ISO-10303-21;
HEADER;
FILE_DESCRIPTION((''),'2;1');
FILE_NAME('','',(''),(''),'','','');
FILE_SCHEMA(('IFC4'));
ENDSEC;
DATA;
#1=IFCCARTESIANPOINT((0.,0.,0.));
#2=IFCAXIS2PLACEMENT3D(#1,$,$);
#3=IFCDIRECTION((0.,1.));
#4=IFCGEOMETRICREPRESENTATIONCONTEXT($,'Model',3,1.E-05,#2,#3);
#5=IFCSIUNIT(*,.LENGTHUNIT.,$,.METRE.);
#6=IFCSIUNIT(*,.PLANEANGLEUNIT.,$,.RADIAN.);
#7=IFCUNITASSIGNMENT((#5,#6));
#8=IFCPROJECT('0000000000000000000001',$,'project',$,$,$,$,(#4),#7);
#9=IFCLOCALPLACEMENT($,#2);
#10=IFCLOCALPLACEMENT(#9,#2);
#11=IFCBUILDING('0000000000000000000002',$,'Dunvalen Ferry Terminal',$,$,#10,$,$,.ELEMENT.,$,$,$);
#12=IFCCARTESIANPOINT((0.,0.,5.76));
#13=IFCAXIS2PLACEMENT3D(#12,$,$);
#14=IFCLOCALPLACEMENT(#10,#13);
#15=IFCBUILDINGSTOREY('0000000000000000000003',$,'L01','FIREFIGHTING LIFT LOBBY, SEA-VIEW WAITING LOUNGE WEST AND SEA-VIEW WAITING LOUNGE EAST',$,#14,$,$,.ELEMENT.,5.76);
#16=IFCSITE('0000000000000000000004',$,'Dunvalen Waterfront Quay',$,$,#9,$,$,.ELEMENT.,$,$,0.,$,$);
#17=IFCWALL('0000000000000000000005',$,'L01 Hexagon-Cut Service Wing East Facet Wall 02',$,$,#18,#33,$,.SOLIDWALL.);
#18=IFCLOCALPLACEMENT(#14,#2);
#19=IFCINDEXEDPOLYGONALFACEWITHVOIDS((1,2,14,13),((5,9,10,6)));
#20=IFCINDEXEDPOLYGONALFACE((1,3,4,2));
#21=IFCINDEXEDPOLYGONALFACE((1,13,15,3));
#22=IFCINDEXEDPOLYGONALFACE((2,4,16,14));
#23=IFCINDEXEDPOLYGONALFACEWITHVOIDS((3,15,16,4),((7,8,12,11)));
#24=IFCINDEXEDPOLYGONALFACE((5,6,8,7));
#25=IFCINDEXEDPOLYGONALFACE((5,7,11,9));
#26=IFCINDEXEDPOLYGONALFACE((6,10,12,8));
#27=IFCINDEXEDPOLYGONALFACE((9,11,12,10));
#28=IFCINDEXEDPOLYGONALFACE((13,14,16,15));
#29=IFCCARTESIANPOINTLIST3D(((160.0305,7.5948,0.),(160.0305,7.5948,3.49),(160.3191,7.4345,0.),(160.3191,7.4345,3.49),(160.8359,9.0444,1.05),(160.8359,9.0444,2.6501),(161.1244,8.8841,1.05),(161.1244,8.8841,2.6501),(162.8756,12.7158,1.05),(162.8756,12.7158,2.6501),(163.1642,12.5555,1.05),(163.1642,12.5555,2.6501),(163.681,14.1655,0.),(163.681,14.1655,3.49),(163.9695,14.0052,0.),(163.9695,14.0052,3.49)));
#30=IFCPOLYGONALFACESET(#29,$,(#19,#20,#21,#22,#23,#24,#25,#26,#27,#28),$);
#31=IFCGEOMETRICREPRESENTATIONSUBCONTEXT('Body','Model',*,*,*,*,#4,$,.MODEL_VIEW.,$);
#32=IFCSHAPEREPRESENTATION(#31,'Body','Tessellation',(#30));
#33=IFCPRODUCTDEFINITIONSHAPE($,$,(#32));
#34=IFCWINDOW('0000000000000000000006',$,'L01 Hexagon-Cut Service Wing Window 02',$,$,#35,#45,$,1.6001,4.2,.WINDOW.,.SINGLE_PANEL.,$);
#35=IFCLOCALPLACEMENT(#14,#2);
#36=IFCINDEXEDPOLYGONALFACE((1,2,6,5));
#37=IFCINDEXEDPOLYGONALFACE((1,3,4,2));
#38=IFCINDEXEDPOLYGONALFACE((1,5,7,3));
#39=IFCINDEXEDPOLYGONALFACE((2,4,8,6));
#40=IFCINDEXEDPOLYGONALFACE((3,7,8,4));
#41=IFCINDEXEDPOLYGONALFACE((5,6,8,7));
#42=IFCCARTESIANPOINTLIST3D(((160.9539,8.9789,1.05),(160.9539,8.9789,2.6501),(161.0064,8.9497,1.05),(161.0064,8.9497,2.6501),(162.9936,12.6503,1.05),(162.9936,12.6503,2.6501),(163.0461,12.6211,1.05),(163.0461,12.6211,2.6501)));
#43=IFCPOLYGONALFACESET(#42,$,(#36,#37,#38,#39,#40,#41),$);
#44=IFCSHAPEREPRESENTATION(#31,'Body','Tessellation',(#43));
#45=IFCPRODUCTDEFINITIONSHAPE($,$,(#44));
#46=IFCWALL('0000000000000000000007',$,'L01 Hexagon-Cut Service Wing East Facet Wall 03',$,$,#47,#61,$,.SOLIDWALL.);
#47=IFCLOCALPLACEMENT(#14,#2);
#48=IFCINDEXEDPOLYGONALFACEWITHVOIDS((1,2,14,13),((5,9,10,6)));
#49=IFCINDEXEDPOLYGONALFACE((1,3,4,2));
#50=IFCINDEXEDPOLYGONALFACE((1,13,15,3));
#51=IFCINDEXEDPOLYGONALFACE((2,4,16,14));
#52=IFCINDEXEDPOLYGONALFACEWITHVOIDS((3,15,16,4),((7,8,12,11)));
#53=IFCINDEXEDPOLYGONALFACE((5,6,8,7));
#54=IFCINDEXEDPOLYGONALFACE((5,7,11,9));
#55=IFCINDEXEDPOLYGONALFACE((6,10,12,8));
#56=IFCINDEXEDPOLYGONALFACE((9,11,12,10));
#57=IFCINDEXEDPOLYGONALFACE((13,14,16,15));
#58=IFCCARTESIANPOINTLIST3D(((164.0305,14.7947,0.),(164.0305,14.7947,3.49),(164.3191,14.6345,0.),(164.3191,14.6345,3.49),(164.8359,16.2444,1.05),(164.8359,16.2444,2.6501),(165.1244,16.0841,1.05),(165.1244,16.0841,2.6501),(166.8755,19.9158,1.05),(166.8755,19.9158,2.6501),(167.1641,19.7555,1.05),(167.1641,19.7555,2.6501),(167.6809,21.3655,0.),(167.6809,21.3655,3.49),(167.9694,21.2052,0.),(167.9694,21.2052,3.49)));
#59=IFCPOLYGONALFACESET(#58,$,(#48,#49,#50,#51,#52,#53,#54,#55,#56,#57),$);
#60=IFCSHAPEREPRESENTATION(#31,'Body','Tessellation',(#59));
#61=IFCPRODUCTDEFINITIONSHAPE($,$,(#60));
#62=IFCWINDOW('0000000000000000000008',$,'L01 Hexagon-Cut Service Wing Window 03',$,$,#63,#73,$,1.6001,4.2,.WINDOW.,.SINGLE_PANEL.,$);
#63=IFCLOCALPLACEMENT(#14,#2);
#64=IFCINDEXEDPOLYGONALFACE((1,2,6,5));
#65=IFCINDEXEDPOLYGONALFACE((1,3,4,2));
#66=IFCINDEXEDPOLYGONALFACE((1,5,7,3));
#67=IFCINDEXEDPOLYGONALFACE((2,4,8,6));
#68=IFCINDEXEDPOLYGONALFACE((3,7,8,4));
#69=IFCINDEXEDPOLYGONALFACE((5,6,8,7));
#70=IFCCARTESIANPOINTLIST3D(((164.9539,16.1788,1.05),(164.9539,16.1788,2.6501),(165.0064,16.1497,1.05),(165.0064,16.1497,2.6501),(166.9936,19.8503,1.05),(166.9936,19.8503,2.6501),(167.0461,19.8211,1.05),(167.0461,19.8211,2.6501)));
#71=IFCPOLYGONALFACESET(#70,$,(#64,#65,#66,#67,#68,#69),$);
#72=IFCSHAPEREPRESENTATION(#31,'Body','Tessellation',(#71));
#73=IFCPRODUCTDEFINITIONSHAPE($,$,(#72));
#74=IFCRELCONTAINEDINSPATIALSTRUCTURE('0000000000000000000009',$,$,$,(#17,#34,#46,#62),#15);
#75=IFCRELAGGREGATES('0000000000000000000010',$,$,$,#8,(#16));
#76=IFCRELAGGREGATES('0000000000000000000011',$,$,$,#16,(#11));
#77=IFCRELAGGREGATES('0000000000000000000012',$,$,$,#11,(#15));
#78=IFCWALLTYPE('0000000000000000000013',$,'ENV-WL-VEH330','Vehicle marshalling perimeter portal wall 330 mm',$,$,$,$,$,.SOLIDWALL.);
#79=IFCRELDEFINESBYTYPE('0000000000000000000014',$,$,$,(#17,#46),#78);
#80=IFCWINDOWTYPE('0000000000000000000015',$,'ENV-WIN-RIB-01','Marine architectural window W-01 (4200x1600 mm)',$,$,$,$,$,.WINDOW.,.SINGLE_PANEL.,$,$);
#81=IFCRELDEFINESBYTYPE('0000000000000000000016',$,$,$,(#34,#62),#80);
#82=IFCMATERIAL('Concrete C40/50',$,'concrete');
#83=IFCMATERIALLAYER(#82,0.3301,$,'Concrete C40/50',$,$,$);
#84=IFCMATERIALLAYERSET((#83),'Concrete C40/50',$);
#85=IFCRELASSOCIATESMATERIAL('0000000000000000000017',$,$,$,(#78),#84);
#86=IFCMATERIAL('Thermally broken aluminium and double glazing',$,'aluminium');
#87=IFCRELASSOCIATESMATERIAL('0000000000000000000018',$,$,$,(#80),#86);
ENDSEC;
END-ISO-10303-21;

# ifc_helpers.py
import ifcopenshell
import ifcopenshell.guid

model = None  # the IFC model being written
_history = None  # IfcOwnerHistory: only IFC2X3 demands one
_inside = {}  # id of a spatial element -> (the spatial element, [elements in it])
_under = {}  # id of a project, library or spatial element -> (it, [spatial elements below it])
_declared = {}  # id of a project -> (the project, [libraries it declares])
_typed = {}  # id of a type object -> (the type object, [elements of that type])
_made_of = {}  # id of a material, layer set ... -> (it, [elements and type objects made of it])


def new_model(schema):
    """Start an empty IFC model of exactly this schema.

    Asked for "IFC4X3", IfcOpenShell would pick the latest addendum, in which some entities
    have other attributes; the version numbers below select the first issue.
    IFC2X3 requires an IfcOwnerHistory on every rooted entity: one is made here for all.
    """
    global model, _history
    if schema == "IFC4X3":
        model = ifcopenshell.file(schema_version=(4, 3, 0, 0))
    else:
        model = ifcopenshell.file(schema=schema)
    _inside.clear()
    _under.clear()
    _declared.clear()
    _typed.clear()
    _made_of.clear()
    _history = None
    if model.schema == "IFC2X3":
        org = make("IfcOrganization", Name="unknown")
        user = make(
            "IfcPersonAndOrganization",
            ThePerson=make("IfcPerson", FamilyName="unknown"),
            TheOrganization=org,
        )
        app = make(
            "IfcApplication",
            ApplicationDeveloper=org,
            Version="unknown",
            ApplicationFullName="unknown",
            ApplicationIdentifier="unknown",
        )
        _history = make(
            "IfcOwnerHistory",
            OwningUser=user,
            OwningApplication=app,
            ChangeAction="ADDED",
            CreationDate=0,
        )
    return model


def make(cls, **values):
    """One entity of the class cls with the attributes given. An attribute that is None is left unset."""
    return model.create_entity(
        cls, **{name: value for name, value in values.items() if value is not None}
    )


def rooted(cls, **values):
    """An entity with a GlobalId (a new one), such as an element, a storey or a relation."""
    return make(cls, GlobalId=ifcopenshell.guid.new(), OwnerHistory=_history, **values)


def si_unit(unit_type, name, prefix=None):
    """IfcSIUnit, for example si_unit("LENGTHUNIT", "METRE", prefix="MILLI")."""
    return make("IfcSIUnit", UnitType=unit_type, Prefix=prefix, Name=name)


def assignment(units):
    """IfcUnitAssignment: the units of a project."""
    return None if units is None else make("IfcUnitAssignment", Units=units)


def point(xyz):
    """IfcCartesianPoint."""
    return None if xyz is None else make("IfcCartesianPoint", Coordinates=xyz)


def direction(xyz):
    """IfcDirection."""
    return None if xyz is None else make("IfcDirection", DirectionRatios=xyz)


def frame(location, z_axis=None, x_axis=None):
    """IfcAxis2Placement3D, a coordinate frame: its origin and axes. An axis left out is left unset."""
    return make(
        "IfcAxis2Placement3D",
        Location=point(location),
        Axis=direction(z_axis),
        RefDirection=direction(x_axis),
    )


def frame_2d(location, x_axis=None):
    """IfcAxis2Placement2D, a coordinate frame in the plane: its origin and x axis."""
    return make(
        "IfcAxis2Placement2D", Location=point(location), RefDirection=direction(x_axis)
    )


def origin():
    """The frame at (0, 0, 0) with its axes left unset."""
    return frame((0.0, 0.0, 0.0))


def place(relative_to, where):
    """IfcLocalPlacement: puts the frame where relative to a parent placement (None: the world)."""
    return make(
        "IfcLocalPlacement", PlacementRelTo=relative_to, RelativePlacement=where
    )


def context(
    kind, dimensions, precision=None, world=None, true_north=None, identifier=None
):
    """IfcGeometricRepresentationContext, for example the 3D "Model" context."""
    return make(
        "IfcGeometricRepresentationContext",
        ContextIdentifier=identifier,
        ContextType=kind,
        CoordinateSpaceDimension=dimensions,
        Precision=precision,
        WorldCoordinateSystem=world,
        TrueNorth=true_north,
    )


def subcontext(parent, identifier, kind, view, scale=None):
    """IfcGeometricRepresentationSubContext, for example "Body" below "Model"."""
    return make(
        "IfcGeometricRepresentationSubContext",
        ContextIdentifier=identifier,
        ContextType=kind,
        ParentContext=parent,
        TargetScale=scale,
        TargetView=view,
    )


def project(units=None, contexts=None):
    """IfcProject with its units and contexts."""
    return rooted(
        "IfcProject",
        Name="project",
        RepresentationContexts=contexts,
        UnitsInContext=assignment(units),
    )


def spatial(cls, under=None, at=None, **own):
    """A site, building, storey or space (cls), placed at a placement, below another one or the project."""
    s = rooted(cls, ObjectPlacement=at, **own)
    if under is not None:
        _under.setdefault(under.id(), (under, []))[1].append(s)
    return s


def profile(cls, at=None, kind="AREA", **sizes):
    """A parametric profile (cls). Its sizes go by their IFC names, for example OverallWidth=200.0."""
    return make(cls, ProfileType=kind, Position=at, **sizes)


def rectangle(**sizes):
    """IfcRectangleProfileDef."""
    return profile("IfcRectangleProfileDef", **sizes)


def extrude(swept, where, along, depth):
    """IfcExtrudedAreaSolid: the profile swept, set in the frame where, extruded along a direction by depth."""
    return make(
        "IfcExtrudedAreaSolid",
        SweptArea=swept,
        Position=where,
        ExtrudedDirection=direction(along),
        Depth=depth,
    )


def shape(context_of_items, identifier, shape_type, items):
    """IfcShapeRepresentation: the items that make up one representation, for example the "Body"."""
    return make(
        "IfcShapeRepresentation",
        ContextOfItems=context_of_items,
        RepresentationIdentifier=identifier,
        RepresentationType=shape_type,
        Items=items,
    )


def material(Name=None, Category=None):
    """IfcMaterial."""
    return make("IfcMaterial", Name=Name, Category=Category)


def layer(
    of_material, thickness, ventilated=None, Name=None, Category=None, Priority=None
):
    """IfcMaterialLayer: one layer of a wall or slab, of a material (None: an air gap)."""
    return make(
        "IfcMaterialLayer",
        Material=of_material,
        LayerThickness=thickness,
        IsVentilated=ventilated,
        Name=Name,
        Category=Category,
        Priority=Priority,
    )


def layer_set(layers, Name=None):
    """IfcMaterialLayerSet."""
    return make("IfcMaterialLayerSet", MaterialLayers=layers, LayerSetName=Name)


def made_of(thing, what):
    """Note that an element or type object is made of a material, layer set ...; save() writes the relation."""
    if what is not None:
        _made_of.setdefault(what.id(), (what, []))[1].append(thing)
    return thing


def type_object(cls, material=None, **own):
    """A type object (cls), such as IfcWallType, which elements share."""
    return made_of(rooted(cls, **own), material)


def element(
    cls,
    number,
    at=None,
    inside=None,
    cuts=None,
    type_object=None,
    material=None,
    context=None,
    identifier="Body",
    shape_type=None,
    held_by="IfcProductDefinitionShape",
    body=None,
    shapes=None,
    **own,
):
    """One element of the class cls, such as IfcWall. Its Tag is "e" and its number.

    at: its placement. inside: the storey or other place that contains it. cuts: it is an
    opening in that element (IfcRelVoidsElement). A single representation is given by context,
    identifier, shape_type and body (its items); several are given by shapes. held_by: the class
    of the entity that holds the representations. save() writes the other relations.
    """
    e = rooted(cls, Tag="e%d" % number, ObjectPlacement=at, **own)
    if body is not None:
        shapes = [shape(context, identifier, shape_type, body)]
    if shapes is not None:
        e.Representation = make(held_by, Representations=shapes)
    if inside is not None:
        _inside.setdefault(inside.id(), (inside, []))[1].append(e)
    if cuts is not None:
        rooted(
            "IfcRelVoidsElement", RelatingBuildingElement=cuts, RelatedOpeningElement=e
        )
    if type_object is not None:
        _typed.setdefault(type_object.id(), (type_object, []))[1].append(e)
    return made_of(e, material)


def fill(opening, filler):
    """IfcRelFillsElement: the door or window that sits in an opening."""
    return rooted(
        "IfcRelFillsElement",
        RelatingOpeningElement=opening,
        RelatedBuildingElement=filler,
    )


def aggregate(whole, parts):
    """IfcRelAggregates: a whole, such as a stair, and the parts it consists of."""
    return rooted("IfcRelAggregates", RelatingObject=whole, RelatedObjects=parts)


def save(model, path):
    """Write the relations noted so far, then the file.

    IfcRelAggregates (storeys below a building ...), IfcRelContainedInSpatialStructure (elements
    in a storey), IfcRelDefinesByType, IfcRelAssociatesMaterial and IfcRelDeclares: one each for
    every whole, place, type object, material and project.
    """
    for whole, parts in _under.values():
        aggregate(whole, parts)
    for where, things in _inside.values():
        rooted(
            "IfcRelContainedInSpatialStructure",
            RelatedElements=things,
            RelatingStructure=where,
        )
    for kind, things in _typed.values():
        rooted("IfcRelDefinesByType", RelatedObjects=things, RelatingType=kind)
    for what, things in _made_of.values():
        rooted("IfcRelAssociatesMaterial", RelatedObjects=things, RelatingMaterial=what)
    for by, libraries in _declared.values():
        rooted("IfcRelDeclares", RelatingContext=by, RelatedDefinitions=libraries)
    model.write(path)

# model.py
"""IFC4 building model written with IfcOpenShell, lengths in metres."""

from ifc_helpers import new_model, si_unit, direction, frame, frame_2d, origin, place, context, subcontext, project, spatial, rectangle, extrude, material, layer, layer_set, type_object, element, fill, save


model = new_model("IFC4")

# Units and contexts
model_context = context("Model", 3, precision=1e-05, world=origin(), true_north=direction((0.0, 1.0)))
body_context = subcontext(model_context, "Body", "Model", "MODEL_VIEW")
ifc_project = project(units=[si_unit("LENGTHUNIT", "METRE"), si_unit("PLANEANGLEUNIT", "RADIAN")], contexts=[model_context])

# Site, building, storey
site_placement = place(None, origin())
site = spatial("IfcSite", under=ifc_project, at=site_placement, Name="Dunvalen Waterfront Quay", CompositionType="ELEMENT", RefElevation=0.0)
building_placement = place(site_placement, origin())
building = spatial("IfcBuilding", under=site, at=building_placement, Name="Dunvalen Ferry Terminal", CompositionType="ELEMENT")
storey_placement = place(building_placement, frame((0.0, 0.0, 5.76)))
storey = spatial("IfcBuildingStorey", under=building, at=storey_placement, Name="L01", Description="FIREFIGHTING LIFT LOBBY, SEA-VIEW WAITING LOUNGE WEST AND SEA-VIEW WAITING LOUNGE EAST", CompositionType="ELEMENT", Elevation=5.76)

# Shared definitions
ifc_material_1 = material(Name="Concrete C40/50", Category="concrete")

# Walls, openings, windows
ifc_layer = layer(ifc_material_1, 0.3301, Name="Concrete C40/50")
ifc_layer_set = layer_set([ifc_layer], Name="Concrete C40/50")
wall_type = type_object("IfcWallType", Name="ENV-WL-VEH330", Description="Vehicle marshalling perimeter portal wall 330 mm", PredefinedType="SOLIDWALL", material=ifc_layer_set)
wall_1_placement = place(storey_placement, frame((160.1748, 7.5146, 0.0), z_axis=(0.0, 0.0, 1.0), x_axis=(0.485651, 0.874153, 0.0)))
wall_1 = element("IfcWall", 1, at=wall_1_placement, inside=storey, type_object=wall_type, Name="L01 Hexagon-Cut Service Wing East Facet Wall 02", PredefinedType="SOLIDWALL", context=body_context, shape_type="SweptSolid", body=[
    extrude(rectangle(XDim=7.5166, YDim=0.3301, at=frame_2d((3.7583, 0.0))), origin(), (0.0, 0.0, 1.0), 3.49),
])
opening_1_placement = place(wall_1_placement, frame((1.6582, 0.0, 1.05)))
opening_1 = element("IfcOpeningElement", 2, at=opening_1_placement, cuts=wall_1, PredefinedType="OPENING", context=body_context, shape_type="SweptSolid", body=[
    extrude(rectangle(XDim=4.2, YDim=1.6001, at=frame_2d((2.1001, 0.8))), frame((0.0, 0.175, 0.0), z_axis=(0.0, -1.0, 0.0), x_axis=(1.0, 0.0, 0.0)), (0.0, 0.0, 1.0), 0.3501),
])
ifc_material_2 = material(Name="Thermally broken aluminium and double glazing", Category="aluminium")
window_type = type_object("IfcWindowType", Name="ENV-WIN-RIB-01", Description="Marine architectural window W-01 (4200x1600 mm)", PartitioningType="SINGLE_PANEL", PredefinedType="WINDOW", material=ifc_material_2)
window_1_placement = place(opening_1_placement, origin())
window_1 = element("IfcWindow", 3, at=window_1_placement, inside=storey, type_object=window_type, Name="L01 Hexagon-Cut Service Wing Window 02", OverallHeight=1.6001, OverallWidth=4.2, PartitioningType="SINGLE_PANEL", PredefinedType="WINDOW", context=body_context, shape_type="SweptSolid", body=[
    extrude(rectangle(XDim=4.2, YDim=1.6001, at=frame_2d((2.1001, 0.8))), frame((0.0, 0.03, 0.0), z_axis=(0.0, -1.0, 0.0), x_axis=(1.0, 0.0, 0.0)), (0.0, 0.0, 1.0), 0.0601),
])
fill(opening_1, window_1)
wall_2_placement = place(storey_placement, frame((164.1748, 14.7146, 0.0), z_axis=(0.0, 0.0, 1.0), x_axis=(0.485637, 0.87416, 0.0)))
wall_2 = element("IfcWall", 4, at=wall_2_placement, inside=storey, type_object=wall_type, Name="L01 Hexagon-Cut Service Wing East Facet Wall 03", PredefinedType="SOLIDWALL", context=body_context, shape_type="SweptSolid", body=[
    extrude(rectangle(XDim=7.5166, YDim=0.3301, at=frame_2d((3.7583, 0.0))), origin(), (0.0, 0.0, 1.0), 3.49),
])
opening_2_placement = place(wall_2_placement, frame((1.6582, 0.0, 1.05)))
opening_2 = element("IfcOpeningElement", 5, at=opening_2_placement, cuts=wall_2, PredefinedType="OPENING", context=body_context, shape_type="SweptSolid", body=[
    extrude(rectangle(XDim=4.2, YDim=1.6001, at=frame_2d((2.1001, 0.8))), frame((0.0, 0.175, 0.0), z_axis=(0.0, -1.0, 0.0), x_axis=(1.0, 0.0, 0.0)), (0.0, 0.0, 1.0), 0.3501),
])
window_2_placement = place(opening_2_placement, origin())
window_2 = element("IfcWindow", 6, at=window_2_placement, inside=storey, type_object=window_type, Name="L01 Hexagon-Cut Service Wing Window 03", OverallHeight=1.6001, OverallWidth=4.2, PartitioningType="SINGLE_PANEL", PredefinedType="WINDOW", context=body_context, shape_type="SweptSolid", body=[
    extrude(rectangle(XDim=4.2, YDim=1.6001, at=frame_2d((2.1001, 0.8))), frame((0.0, 0.03, 0.0), z_axis=(0.0, -1.0, 0.0), x_axis=(1.0, 0.0, 0.0)), (0.0, 0.0, 1.0), 0.0601),
])
fill(opening_2, window_2)

save(model, "model.ifc")
